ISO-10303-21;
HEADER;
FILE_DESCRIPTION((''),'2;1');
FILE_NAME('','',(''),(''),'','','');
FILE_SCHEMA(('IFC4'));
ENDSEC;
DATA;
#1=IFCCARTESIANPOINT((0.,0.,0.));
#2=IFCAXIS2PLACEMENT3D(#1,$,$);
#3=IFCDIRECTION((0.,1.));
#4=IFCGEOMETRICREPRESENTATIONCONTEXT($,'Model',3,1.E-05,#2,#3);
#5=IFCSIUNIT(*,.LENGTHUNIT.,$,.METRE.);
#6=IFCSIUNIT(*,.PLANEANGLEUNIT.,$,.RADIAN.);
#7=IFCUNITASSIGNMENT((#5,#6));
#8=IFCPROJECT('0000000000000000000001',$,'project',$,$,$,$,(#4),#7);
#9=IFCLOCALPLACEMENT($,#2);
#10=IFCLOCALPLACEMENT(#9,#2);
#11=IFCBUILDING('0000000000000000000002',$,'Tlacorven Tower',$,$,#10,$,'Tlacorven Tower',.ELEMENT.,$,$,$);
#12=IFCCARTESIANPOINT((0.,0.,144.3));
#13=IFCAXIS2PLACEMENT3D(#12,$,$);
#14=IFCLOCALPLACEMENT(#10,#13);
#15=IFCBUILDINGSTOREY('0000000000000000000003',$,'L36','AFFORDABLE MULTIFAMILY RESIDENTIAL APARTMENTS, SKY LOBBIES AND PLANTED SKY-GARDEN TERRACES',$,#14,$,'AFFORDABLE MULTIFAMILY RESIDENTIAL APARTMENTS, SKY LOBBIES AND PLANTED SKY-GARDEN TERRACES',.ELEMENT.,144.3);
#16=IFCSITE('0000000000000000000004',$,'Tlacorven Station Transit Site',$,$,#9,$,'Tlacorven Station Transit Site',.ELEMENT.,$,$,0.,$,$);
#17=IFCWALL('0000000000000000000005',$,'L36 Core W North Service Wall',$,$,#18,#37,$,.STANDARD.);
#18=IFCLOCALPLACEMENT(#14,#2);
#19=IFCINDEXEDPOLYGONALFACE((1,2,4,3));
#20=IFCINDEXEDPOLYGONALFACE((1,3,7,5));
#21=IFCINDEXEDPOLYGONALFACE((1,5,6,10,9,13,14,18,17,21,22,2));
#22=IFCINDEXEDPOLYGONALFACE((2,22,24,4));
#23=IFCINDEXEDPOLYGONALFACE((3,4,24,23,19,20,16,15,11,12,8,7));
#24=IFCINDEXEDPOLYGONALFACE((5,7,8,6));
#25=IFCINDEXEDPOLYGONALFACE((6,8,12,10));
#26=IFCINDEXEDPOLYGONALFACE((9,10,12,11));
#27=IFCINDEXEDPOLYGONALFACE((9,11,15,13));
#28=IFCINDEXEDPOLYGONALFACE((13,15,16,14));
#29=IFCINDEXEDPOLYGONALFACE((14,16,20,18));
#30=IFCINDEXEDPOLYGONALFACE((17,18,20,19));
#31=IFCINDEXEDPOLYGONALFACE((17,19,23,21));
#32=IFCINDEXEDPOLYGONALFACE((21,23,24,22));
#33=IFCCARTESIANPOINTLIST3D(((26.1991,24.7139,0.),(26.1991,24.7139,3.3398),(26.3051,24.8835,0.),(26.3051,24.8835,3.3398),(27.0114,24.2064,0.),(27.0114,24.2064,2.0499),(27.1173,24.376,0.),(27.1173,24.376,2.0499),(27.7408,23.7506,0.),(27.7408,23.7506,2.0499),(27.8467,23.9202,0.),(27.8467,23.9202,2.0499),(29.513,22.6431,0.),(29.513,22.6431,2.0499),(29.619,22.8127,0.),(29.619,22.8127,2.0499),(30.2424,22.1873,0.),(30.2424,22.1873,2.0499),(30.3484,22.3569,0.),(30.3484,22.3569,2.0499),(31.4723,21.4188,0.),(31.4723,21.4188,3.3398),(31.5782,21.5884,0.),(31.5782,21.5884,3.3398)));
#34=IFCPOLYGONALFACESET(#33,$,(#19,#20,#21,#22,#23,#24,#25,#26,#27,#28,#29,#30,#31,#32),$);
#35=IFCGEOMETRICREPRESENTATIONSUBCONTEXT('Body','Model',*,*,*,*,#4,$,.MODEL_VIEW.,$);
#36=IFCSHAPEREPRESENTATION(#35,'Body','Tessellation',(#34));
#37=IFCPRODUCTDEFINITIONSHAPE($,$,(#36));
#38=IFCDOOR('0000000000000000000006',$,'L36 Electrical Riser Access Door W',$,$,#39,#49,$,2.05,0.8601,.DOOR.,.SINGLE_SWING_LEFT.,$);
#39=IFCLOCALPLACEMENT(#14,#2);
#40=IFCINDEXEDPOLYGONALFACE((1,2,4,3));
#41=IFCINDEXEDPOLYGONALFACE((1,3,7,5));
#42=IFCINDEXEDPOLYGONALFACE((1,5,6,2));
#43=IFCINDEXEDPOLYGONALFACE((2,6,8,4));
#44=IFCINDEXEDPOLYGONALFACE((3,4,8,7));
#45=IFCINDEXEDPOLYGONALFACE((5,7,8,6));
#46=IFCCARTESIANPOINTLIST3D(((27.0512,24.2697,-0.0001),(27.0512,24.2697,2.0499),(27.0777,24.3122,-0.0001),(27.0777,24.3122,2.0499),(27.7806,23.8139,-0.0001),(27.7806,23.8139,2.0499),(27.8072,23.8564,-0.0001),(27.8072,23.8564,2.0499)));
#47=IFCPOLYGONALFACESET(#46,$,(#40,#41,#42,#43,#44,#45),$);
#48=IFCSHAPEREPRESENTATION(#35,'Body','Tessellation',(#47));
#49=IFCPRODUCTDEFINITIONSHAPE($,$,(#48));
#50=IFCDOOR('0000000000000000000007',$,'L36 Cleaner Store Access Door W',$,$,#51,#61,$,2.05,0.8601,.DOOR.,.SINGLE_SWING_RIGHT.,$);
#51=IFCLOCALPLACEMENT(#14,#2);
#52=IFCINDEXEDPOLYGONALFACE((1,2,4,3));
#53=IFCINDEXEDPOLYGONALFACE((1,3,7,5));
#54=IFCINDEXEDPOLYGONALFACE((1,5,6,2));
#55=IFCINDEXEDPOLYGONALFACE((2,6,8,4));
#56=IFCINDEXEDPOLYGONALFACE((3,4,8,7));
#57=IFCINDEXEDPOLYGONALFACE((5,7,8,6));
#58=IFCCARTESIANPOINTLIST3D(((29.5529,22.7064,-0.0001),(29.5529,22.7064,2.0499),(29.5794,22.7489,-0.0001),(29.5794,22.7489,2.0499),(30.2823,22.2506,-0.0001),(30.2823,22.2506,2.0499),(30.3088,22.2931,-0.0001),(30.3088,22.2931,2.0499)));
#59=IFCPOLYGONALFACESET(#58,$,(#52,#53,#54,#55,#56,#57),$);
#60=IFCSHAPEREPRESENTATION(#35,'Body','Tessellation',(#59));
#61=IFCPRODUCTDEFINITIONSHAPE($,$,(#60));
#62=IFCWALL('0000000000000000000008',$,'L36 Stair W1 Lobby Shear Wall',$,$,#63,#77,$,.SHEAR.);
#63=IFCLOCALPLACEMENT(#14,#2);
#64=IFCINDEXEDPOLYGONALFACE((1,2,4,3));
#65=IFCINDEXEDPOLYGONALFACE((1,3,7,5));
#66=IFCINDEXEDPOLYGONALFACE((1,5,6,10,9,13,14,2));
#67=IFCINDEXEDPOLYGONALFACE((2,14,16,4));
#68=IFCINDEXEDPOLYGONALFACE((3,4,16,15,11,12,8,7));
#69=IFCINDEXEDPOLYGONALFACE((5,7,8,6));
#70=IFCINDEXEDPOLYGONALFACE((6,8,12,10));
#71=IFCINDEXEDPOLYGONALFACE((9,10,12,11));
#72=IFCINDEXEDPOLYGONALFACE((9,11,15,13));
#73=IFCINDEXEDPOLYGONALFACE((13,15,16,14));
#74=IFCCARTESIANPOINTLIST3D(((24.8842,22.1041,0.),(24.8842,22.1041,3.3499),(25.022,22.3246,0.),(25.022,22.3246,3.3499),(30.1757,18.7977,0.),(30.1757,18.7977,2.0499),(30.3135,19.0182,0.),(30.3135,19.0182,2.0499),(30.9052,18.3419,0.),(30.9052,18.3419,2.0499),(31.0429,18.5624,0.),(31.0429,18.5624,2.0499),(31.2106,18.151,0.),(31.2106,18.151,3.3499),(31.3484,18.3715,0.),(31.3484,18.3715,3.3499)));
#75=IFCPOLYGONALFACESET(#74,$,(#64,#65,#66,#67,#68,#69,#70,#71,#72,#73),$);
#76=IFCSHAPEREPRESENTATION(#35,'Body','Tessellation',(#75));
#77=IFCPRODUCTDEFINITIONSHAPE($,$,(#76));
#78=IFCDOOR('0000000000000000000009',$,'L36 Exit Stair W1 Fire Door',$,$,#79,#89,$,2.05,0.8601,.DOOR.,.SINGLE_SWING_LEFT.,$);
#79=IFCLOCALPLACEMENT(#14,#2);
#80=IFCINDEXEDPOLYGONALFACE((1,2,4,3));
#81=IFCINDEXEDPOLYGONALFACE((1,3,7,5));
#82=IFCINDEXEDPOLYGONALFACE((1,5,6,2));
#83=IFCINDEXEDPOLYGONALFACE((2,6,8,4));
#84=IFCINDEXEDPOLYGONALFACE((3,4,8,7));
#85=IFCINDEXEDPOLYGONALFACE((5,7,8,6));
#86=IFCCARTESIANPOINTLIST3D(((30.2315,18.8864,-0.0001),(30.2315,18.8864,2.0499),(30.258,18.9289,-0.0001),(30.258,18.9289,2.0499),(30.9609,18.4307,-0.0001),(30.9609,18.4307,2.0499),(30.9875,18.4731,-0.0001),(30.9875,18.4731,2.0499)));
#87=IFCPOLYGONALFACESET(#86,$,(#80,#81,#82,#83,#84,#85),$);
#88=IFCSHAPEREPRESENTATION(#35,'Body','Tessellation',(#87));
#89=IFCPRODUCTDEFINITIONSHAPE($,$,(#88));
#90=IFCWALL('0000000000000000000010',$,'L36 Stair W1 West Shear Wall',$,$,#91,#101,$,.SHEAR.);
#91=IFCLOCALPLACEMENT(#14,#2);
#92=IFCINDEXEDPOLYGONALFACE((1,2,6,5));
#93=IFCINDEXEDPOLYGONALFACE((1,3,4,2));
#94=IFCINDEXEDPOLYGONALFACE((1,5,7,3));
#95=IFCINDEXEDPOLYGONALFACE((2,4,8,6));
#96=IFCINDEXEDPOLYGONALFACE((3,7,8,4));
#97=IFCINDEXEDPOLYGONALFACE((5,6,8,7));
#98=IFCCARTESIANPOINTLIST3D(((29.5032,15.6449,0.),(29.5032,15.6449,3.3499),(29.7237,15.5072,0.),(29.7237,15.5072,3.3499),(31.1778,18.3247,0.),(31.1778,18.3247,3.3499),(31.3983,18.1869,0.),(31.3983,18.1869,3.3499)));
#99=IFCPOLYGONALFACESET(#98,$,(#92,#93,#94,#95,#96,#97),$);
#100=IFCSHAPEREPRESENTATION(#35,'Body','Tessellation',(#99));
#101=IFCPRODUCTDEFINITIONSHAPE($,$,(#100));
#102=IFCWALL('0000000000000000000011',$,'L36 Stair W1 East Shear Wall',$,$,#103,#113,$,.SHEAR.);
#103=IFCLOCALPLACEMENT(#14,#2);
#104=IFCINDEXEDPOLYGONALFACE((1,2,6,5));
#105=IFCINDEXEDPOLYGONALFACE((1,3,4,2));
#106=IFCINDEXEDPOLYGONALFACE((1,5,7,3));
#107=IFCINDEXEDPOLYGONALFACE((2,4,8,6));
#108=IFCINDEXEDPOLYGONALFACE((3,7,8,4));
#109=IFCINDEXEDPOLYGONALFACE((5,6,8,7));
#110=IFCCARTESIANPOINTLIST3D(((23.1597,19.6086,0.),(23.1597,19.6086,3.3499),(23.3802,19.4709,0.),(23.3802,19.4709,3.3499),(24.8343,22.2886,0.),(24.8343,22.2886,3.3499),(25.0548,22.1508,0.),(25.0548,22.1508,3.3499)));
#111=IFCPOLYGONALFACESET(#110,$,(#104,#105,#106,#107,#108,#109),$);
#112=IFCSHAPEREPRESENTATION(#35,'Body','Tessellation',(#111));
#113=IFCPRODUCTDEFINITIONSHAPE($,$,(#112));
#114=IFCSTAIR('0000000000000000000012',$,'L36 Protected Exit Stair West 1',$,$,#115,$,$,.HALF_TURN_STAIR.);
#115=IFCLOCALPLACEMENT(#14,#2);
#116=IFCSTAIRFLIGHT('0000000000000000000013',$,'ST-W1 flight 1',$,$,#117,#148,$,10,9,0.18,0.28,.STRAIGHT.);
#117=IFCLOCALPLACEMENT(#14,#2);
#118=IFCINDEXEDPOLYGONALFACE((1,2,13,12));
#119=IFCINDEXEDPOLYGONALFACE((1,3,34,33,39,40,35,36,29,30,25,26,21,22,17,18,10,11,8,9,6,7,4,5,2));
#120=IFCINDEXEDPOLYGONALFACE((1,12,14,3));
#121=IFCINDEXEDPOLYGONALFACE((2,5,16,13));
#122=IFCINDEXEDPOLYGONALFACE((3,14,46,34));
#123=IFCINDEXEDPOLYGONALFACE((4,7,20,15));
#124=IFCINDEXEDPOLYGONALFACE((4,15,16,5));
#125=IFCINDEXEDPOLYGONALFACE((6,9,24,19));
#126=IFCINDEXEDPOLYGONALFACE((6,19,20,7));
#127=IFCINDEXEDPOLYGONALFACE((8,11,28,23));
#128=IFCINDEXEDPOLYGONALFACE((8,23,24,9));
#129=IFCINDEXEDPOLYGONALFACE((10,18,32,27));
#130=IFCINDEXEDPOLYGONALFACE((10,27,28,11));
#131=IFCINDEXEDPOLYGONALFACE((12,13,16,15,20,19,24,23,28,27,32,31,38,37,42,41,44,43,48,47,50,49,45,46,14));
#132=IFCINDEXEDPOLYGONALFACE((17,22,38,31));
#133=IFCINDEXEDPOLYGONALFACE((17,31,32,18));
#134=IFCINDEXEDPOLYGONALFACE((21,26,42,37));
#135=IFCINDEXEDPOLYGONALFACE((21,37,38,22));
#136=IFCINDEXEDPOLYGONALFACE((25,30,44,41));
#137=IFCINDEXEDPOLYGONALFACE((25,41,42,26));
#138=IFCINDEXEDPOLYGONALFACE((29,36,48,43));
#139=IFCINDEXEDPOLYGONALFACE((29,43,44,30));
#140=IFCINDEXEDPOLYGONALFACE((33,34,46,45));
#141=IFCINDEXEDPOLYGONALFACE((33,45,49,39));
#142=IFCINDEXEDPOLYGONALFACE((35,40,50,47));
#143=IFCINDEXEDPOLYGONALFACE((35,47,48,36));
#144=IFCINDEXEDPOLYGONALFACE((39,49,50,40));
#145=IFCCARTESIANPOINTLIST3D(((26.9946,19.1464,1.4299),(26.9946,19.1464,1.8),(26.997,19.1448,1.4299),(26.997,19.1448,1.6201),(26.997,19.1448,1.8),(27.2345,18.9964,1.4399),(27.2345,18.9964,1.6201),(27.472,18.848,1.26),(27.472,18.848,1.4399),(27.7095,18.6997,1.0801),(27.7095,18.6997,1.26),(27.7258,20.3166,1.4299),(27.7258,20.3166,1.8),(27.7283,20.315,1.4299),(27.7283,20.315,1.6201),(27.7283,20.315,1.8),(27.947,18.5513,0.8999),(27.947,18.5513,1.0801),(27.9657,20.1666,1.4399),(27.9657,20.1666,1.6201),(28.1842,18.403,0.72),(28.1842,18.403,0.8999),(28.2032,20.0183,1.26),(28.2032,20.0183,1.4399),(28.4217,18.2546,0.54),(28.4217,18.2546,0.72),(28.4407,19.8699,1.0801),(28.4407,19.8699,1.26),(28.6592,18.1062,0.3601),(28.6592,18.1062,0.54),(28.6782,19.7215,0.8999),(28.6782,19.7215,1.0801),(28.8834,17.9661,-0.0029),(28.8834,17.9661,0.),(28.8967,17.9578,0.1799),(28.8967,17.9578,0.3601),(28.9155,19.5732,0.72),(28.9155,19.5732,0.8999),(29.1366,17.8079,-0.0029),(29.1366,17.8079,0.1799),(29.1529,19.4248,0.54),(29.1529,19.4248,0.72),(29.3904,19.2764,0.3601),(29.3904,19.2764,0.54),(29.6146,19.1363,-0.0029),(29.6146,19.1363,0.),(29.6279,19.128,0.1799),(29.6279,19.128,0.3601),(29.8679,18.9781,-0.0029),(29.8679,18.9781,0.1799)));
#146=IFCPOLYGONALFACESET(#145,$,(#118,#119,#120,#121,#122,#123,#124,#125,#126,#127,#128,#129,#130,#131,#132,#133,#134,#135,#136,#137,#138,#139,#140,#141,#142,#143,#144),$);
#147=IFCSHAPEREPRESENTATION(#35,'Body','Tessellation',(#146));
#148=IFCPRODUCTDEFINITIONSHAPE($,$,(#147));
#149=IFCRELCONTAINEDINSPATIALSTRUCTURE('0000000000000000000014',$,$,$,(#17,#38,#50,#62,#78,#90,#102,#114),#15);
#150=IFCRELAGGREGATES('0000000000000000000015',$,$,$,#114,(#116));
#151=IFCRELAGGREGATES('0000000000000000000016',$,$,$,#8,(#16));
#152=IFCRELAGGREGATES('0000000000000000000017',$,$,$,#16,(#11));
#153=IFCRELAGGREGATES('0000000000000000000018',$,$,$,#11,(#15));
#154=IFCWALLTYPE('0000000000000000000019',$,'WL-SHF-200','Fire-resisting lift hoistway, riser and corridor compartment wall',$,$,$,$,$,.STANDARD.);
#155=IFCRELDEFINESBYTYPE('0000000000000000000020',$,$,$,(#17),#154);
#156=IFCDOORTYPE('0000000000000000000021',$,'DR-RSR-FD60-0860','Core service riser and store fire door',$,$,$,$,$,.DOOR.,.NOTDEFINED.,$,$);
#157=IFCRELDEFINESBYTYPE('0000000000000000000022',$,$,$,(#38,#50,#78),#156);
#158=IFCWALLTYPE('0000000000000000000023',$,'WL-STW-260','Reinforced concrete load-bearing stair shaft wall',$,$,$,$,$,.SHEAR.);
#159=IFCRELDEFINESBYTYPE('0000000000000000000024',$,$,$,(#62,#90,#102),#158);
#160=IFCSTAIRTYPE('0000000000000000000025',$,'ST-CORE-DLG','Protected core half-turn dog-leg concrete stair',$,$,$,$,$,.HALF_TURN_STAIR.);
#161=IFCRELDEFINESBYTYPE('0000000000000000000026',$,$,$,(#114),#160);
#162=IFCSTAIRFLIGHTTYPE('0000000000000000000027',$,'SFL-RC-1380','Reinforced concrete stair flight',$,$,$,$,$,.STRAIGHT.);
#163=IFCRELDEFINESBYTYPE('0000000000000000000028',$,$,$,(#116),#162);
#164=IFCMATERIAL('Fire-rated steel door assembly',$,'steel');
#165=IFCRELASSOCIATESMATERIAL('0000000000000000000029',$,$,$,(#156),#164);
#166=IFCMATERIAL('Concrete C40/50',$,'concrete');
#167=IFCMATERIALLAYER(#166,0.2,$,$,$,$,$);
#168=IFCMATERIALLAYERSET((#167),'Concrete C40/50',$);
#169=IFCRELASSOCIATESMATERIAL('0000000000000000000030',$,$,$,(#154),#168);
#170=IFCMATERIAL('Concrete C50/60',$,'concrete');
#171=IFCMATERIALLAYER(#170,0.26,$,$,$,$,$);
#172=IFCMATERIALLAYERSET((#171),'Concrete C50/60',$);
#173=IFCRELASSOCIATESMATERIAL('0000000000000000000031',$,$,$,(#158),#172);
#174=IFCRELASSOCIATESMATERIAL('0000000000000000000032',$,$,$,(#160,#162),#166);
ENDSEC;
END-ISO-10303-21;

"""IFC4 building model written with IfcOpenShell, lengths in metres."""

from ifc_helpers import new_model, si_unit, direction, frame, frame_2d, origin, place, context, subcontext, project, spatial, polyline, rectangle, outline, extrude, source, transform, mapped, material, layer, layer_set, type_object, element, fill, aggregate, save


model = new_model("IFC4")

# Units and contexts
model_context = context("Model", 3, precision=1e-05, world=origin(), true_north=direction((0.0, 1.0)))
body_context = subcontext(model_context, "Body", "Model", "MODEL_VIEW")
ifc_project = project(units=[si_unit("LENGTHUNIT", "METRE"), si_unit("PLANEANGLEUNIT", "RADIAN")], contexts=[model_context])

# Site, building, storey
site_placement = place(None, origin())
site = spatial("IfcSite", under=ifc_project, at=site_placement, Name="Tlacorven Station Transit Site", LongName="Tlacorven Station Transit Site", CompositionType="ELEMENT", RefElevation=0.0)
building_placement = place(site_placement, origin())
building = spatial("IfcBuilding", under=site, at=building_placement, Name="Tlacorven Tower", LongName="Tlacorven Tower", CompositionType="ELEMENT")
storey_placement = place(building_placement, frame((0.0, 0.0, 144.3)))
storey = spatial("IfcBuildingStorey", under=building, at=storey_placement, Name="L36", Description="AFFORDABLE MULTIFAMILY RESIDENTIAL APARTMENTS, SKY LOBBIES AND PLANTED SKY-GARDEN TERRACES", LongName="AFFORDABLE MULTIFAMILY RESIDENTIAL APARTMENTS, SKY LOBBIES AND PLANTED SKY-GARDEN TERRACES", CompositionType="ELEMENT", Elevation=144.3)

# Shared definitions
ifc_material_1 = material(Name="Fire-rated steel door assembly", Category="steel")
door_type_1 = type_object("IfcDoorType", Name="DR-RSR-FD60-0860", Description="Core service riser and store fire door", OperationType="NOTDEFINED", PredefinedType="DOOR", material=ifc_material_1)
shared_shape_1 = source(origin(), body_context, "Body", "SweptSolid", [
    extrude(rectangle(XDim=0.8601, YDim=2.05, at=frame_2d((0.4302, 1.0249))), frame((0.0, 0.0249, 0.0), z_axis=(0.0, -1.0, 0.0), x_axis=(1.0, 0.0, 0.0)), (0.0, 0.0, 1.0), 0.05),
])

# Shared definitions
ifc_material_2 = material(Name="Concrete C40/50", Category="concrete")
ifc_layer_1 = layer(ifc_material_2, 0.2)
ifc_layer_set_1 = layer_set([ifc_layer_1], Name="Concrete C40/50")
wall_type_1 = type_object("IfcWallType", Name="WL-SHF-200", Description="Fire-resisting lift hoistway, riser and corridor compartment wall", PredefinedType="STANDARD", material=ifc_layer_set_1)

# Wall, openings, doors
wall_1_placement = place(storey_placement, frame((31.5251, 21.5037, 0.0), z_axis=(0.0, 0.0, 1.0), x_axis=(-0.84804, 0.529932, 0.0)))
wall_1 = element("IfcWall", 1, at=wall_1_placement, inside=storey, type_object=wall_type_1, Name="L36 Core W North Service Wall", PredefinedType="STANDARD", context=body_context, shape_type="SweptSolid", body=[
    extrude(rectangle(XDim=6.218, YDim=0.2, at=frame_2d((3.1089, 0.0))), origin(), (0.0, 0.0, 1.0), 3.3398),
])
opening_1_placement = place(wall_1_placement, frame((4.3999, 0.0, 0.0)))
opening_1 = element("IfcOpeningElement", 2, at=opening_1_placement, cuts=wall_1, PredefinedType="OPENING", context=body_context, shape_type="SweptSolid", body=[
    extrude(rectangle(XDim=0.8601, YDim=2.05, at=frame_2d((0.4302, 1.0249))), frame((0.0, 0.1099, 0.0), z_axis=(0.0, -1.0, 0.0), x_axis=(1.0, 0.0, 0.0)), (0.0, 0.0, 1.0), 0.22),
])
opening_2_placement = place(wall_1_placement, frame((1.45, 0.0, 0.0)))
opening_2 = element("IfcOpeningElement", 3, at=opening_2_placement, cuts=wall_1, PredefinedType="OPENING", context=body_context, shape_type="SweptSolid", body=[
    extrude(rectangle(XDim=0.8601, YDim=2.05, at=frame_2d((0.4302, 1.0249))), frame((0.0, 0.1099, 0.0), z_axis=(0.0, -1.0, 0.0), x_axis=(1.0, 0.0, 0.0)), (0.0, 0.0, 1.0), 0.22),
])
door_1_placement = place(opening_1_placement, frame((0.8601, 0.0, 0.0), z_axis=(0.0, 0.0, 1.0), x_axis=(-1.0, 0.0, 0.0)))
door_1 = element("IfcDoor", 4, at=door_1_placement, inside=storey, type_object=door_type_1, Name="L36 Electrical Riser Access Door W", OperationType="SINGLE_SWING_LEFT", OverallHeight=2.05, OverallWidth=0.8601, PredefinedType="DOOR", context=body_context, shape_type="MappedRepresentation", body=[
    mapped(shared_shape_1, transform((0.0, 0.0, 0.0), scale=1.0)),
])
fill(opening_1, door_1)
door_2_placement = place(opening_2_placement, frame((0.8601, 0.0, 0.0), z_axis=(0.0, 0.0, 1.0), x_axis=(-1.0, 0.0, 0.0)))
door_2 = element("IfcDoor", 5, at=door_2_placement, inside=storey, type_object=door_type_1, Name="L36 Cleaner Store Access Door W", OperationType="SINGLE_SWING_RIGHT", OverallHeight=2.05, OverallWidth=0.8601, PredefinedType="DOOR", context=body_context, shape_type="MappedRepresentation", body=[
    mapped(shared_shape_1, transform((0.0, 0.0, 0.0), scale=1.0)),
])
fill(opening_2, door_2)

# Wall, opening, door
ifc_material_3 = material(Name="Concrete C50/60", Category="concrete")
ifc_layer_2 = layer(ifc_material_3, 0.26)
ifc_layer_set_2 = layer_set([ifc_layer_2], Name="Concrete C50/60")
wall_type_2 = type_object("IfcWallType", Name="WL-STW-260", Description="Reinforced concrete load-bearing stair shaft wall", PredefinedType="SHEAR", material=ifc_layer_set_2)
wall_2_placement = place(storey_placement, frame((31.2795, 18.2612, 0.0), z_axis=(0.0, 0.0, 1.0), x_axis=(-0.848052, 0.529914, 0.0)))
wall_2 = element("IfcWall", 6, at=wall_2_placement, inside=storey, type_object=wall_type_2, Name="L36 Stair W1 Lobby Shear Wall", PredefinedType="SHEAR", context=body_context, shape_type="SweptSolid", body=[
    extrude(rectangle(XDim=7.46, YDim=0.26, at=frame_2d((3.73, 0.0))), origin(), (0.0, 0.0, 1.0), 3.3499),
])
opening_3_placement = place(wall_2_placement, frame((0.3601, 0.0, 0.0)))
opening_3 = element("IfcOpeningElement", 7, at=opening_3_placement, cuts=wall_2, PredefinedType="OPENING", context=body_context, shape_type="SweptSolid", body=[
    extrude(rectangle(XDim=0.8601, YDim=2.05, at=frame_2d((0.4302, 1.0249))), frame((0.0, 0.1401, 0.0), z_axis=(0.0, -1.0, 0.0), x_axis=(1.0, 0.0, 0.0)), (0.0, 0.0, 1.0), 0.28),
])
door_3_placement = place(opening_3_placement, frame((0.8601, 0.0, 0.0), z_axis=(0.0, 0.0, 1.0), x_axis=(-1.0, 0.0, 0.0)))
door_3 = element("IfcDoor", 8, at=door_3_placement, inside=storey, type_object=door_type_1, Name="L36 Exit Stair W1 Fire Door", OperationType="SINGLE_SWING_LEFT", OverallHeight=2.05, OverallWidth=0.8601, PredefinedType="DOOR", context=body_context, shape_type="MappedRepresentation", body=[
    mapped(shared_shape_1, transform((0.0, 0.0, 0.0), scale=1.0)),
])
fill(opening_3, door_3)

# Walls
wall_3_placement = place(storey_placement, frame((31.2881, 18.2559, 0.0), z_axis=(0.0, 0.0, 1.0), x_axis=(-0.529943, -0.848033, 0.0)))
element("IfcWall", 9, at=wall_3_placement, inside=storey, type_object=wall_type_2, Name="L36 Stair W1 West Shear Wall", PredefinedType="SHEAR", context=body_context, shape_type="SweptSolid", body=[
    extrude(rectangle(XDim=3.1599, YDim=0.26, at=frame_2d((1.5801, 0.0))), origin(), (0.0, 0.0, 1.0), 3.3499),
])
wall_4_placement = place(storey_placement, frame((24.9446, 22.2197, 0.0), z_axis=(0.0, 0.0, 1.0), x_axis=(-0.529909, -0.848055, 0.0)))
element("IfcWall", 10, at=wall_4_placement, inside=storey, type_object=wall_type_2, Name="L36 Stair W1 East Shear Wall", PredefinedType="SHEAR", context=body_context, shape_type="SweptSolid", body=[
    extrude(rectangle(XDim=3.1602, YDim=0.26, at=frame_2d((1.5801, 0.0))), origin(), (0.0, 0.0, 1.0), 3.3499),
])

# Stair, stair flight
stair_type = type_object("IfcStairType", Name="ST-CORE-DLG", Description="Protected core half-turn dog-leg concrete stair", PredefinedType="HALF_TURN_STAIR", material=ifc_material_2)
stair_placement = place(storey_placement, origin())
stair = element("IfcStair", 11, at=stair_placement, inside=storey, type_object=stair_type, Name="L36 Protected Exit Stair West 1", PredefinedType="HALF_TURN_STAIR")
stair_flight_type = type_object("IfcStairFlightType", Name="SFL-RC-1380", Description="Reinforced concrete stair flight", PredefinedType="STRAIGHT", material=ifc_material_2)
shared_shape_2 = source(origin(), body_context, "Body", "SweptSolid", [
    extrude(outline(polyline([(-0.0029, -0.0029), (-0.0029, 0.1799), (0.28, 0.1799), (0.28, 0.3601), (0.5601, 0.3601), (0.5601, 0.54), (0.8401, 0.54), (0.8401, 0.72), (1.1201, 0.72), (1.1201, 0.8999), (1.3999, 0.8999), (1.3999, 1.0801), (1.6799, 1.0801), (1.6799, 1.26), (1.96, 1.26), (1.96, 1.4399), (2.24, 1.4399), (2.24, 1.6201), (2.52, 1.6201), (2.52, 1.8), (2.5229, 1.8), (2.5229, 1.4299), (2.52, 1.4299), (0.2957, 0.0), (0.2957, -0.0029), (-0.0029, -0.0029)])), frame((0.0, 0.6899, 0.0), z_axis=(0.0, -1.0, 0.0), x_axis=(1.0, 0.0, 0.0)), (0.0, 0.0, 1.0), 1.3799),
])
stair_flight_1_placement = place(storey_placement, frame((29.4998, 18.3945, 0.0), z_axis=(0.0, 0.0, 1.0), x_axis=(-0.848048, 0.529919, 0.0)))
stair_flight_1 = element("IfcStairFlight", 12, at=stair_flight_1_placement, type_object=stair_flight_type, Name="ST-W1 flight 1", NumberOfRisers=10, NumberOfTreads=9, PredefinedType="STRAIGHT", RiserHeight=0.18, TreadLength=0.28, context=body_context, shape_type="MappedRepresentation", body=[
    mapped(shared_shape_2, transform((0.0, 0.0, 0.0), scale=1.0)),
])
aggregate(stair, [stair_flight_1])

save(model, "model.ifc")
